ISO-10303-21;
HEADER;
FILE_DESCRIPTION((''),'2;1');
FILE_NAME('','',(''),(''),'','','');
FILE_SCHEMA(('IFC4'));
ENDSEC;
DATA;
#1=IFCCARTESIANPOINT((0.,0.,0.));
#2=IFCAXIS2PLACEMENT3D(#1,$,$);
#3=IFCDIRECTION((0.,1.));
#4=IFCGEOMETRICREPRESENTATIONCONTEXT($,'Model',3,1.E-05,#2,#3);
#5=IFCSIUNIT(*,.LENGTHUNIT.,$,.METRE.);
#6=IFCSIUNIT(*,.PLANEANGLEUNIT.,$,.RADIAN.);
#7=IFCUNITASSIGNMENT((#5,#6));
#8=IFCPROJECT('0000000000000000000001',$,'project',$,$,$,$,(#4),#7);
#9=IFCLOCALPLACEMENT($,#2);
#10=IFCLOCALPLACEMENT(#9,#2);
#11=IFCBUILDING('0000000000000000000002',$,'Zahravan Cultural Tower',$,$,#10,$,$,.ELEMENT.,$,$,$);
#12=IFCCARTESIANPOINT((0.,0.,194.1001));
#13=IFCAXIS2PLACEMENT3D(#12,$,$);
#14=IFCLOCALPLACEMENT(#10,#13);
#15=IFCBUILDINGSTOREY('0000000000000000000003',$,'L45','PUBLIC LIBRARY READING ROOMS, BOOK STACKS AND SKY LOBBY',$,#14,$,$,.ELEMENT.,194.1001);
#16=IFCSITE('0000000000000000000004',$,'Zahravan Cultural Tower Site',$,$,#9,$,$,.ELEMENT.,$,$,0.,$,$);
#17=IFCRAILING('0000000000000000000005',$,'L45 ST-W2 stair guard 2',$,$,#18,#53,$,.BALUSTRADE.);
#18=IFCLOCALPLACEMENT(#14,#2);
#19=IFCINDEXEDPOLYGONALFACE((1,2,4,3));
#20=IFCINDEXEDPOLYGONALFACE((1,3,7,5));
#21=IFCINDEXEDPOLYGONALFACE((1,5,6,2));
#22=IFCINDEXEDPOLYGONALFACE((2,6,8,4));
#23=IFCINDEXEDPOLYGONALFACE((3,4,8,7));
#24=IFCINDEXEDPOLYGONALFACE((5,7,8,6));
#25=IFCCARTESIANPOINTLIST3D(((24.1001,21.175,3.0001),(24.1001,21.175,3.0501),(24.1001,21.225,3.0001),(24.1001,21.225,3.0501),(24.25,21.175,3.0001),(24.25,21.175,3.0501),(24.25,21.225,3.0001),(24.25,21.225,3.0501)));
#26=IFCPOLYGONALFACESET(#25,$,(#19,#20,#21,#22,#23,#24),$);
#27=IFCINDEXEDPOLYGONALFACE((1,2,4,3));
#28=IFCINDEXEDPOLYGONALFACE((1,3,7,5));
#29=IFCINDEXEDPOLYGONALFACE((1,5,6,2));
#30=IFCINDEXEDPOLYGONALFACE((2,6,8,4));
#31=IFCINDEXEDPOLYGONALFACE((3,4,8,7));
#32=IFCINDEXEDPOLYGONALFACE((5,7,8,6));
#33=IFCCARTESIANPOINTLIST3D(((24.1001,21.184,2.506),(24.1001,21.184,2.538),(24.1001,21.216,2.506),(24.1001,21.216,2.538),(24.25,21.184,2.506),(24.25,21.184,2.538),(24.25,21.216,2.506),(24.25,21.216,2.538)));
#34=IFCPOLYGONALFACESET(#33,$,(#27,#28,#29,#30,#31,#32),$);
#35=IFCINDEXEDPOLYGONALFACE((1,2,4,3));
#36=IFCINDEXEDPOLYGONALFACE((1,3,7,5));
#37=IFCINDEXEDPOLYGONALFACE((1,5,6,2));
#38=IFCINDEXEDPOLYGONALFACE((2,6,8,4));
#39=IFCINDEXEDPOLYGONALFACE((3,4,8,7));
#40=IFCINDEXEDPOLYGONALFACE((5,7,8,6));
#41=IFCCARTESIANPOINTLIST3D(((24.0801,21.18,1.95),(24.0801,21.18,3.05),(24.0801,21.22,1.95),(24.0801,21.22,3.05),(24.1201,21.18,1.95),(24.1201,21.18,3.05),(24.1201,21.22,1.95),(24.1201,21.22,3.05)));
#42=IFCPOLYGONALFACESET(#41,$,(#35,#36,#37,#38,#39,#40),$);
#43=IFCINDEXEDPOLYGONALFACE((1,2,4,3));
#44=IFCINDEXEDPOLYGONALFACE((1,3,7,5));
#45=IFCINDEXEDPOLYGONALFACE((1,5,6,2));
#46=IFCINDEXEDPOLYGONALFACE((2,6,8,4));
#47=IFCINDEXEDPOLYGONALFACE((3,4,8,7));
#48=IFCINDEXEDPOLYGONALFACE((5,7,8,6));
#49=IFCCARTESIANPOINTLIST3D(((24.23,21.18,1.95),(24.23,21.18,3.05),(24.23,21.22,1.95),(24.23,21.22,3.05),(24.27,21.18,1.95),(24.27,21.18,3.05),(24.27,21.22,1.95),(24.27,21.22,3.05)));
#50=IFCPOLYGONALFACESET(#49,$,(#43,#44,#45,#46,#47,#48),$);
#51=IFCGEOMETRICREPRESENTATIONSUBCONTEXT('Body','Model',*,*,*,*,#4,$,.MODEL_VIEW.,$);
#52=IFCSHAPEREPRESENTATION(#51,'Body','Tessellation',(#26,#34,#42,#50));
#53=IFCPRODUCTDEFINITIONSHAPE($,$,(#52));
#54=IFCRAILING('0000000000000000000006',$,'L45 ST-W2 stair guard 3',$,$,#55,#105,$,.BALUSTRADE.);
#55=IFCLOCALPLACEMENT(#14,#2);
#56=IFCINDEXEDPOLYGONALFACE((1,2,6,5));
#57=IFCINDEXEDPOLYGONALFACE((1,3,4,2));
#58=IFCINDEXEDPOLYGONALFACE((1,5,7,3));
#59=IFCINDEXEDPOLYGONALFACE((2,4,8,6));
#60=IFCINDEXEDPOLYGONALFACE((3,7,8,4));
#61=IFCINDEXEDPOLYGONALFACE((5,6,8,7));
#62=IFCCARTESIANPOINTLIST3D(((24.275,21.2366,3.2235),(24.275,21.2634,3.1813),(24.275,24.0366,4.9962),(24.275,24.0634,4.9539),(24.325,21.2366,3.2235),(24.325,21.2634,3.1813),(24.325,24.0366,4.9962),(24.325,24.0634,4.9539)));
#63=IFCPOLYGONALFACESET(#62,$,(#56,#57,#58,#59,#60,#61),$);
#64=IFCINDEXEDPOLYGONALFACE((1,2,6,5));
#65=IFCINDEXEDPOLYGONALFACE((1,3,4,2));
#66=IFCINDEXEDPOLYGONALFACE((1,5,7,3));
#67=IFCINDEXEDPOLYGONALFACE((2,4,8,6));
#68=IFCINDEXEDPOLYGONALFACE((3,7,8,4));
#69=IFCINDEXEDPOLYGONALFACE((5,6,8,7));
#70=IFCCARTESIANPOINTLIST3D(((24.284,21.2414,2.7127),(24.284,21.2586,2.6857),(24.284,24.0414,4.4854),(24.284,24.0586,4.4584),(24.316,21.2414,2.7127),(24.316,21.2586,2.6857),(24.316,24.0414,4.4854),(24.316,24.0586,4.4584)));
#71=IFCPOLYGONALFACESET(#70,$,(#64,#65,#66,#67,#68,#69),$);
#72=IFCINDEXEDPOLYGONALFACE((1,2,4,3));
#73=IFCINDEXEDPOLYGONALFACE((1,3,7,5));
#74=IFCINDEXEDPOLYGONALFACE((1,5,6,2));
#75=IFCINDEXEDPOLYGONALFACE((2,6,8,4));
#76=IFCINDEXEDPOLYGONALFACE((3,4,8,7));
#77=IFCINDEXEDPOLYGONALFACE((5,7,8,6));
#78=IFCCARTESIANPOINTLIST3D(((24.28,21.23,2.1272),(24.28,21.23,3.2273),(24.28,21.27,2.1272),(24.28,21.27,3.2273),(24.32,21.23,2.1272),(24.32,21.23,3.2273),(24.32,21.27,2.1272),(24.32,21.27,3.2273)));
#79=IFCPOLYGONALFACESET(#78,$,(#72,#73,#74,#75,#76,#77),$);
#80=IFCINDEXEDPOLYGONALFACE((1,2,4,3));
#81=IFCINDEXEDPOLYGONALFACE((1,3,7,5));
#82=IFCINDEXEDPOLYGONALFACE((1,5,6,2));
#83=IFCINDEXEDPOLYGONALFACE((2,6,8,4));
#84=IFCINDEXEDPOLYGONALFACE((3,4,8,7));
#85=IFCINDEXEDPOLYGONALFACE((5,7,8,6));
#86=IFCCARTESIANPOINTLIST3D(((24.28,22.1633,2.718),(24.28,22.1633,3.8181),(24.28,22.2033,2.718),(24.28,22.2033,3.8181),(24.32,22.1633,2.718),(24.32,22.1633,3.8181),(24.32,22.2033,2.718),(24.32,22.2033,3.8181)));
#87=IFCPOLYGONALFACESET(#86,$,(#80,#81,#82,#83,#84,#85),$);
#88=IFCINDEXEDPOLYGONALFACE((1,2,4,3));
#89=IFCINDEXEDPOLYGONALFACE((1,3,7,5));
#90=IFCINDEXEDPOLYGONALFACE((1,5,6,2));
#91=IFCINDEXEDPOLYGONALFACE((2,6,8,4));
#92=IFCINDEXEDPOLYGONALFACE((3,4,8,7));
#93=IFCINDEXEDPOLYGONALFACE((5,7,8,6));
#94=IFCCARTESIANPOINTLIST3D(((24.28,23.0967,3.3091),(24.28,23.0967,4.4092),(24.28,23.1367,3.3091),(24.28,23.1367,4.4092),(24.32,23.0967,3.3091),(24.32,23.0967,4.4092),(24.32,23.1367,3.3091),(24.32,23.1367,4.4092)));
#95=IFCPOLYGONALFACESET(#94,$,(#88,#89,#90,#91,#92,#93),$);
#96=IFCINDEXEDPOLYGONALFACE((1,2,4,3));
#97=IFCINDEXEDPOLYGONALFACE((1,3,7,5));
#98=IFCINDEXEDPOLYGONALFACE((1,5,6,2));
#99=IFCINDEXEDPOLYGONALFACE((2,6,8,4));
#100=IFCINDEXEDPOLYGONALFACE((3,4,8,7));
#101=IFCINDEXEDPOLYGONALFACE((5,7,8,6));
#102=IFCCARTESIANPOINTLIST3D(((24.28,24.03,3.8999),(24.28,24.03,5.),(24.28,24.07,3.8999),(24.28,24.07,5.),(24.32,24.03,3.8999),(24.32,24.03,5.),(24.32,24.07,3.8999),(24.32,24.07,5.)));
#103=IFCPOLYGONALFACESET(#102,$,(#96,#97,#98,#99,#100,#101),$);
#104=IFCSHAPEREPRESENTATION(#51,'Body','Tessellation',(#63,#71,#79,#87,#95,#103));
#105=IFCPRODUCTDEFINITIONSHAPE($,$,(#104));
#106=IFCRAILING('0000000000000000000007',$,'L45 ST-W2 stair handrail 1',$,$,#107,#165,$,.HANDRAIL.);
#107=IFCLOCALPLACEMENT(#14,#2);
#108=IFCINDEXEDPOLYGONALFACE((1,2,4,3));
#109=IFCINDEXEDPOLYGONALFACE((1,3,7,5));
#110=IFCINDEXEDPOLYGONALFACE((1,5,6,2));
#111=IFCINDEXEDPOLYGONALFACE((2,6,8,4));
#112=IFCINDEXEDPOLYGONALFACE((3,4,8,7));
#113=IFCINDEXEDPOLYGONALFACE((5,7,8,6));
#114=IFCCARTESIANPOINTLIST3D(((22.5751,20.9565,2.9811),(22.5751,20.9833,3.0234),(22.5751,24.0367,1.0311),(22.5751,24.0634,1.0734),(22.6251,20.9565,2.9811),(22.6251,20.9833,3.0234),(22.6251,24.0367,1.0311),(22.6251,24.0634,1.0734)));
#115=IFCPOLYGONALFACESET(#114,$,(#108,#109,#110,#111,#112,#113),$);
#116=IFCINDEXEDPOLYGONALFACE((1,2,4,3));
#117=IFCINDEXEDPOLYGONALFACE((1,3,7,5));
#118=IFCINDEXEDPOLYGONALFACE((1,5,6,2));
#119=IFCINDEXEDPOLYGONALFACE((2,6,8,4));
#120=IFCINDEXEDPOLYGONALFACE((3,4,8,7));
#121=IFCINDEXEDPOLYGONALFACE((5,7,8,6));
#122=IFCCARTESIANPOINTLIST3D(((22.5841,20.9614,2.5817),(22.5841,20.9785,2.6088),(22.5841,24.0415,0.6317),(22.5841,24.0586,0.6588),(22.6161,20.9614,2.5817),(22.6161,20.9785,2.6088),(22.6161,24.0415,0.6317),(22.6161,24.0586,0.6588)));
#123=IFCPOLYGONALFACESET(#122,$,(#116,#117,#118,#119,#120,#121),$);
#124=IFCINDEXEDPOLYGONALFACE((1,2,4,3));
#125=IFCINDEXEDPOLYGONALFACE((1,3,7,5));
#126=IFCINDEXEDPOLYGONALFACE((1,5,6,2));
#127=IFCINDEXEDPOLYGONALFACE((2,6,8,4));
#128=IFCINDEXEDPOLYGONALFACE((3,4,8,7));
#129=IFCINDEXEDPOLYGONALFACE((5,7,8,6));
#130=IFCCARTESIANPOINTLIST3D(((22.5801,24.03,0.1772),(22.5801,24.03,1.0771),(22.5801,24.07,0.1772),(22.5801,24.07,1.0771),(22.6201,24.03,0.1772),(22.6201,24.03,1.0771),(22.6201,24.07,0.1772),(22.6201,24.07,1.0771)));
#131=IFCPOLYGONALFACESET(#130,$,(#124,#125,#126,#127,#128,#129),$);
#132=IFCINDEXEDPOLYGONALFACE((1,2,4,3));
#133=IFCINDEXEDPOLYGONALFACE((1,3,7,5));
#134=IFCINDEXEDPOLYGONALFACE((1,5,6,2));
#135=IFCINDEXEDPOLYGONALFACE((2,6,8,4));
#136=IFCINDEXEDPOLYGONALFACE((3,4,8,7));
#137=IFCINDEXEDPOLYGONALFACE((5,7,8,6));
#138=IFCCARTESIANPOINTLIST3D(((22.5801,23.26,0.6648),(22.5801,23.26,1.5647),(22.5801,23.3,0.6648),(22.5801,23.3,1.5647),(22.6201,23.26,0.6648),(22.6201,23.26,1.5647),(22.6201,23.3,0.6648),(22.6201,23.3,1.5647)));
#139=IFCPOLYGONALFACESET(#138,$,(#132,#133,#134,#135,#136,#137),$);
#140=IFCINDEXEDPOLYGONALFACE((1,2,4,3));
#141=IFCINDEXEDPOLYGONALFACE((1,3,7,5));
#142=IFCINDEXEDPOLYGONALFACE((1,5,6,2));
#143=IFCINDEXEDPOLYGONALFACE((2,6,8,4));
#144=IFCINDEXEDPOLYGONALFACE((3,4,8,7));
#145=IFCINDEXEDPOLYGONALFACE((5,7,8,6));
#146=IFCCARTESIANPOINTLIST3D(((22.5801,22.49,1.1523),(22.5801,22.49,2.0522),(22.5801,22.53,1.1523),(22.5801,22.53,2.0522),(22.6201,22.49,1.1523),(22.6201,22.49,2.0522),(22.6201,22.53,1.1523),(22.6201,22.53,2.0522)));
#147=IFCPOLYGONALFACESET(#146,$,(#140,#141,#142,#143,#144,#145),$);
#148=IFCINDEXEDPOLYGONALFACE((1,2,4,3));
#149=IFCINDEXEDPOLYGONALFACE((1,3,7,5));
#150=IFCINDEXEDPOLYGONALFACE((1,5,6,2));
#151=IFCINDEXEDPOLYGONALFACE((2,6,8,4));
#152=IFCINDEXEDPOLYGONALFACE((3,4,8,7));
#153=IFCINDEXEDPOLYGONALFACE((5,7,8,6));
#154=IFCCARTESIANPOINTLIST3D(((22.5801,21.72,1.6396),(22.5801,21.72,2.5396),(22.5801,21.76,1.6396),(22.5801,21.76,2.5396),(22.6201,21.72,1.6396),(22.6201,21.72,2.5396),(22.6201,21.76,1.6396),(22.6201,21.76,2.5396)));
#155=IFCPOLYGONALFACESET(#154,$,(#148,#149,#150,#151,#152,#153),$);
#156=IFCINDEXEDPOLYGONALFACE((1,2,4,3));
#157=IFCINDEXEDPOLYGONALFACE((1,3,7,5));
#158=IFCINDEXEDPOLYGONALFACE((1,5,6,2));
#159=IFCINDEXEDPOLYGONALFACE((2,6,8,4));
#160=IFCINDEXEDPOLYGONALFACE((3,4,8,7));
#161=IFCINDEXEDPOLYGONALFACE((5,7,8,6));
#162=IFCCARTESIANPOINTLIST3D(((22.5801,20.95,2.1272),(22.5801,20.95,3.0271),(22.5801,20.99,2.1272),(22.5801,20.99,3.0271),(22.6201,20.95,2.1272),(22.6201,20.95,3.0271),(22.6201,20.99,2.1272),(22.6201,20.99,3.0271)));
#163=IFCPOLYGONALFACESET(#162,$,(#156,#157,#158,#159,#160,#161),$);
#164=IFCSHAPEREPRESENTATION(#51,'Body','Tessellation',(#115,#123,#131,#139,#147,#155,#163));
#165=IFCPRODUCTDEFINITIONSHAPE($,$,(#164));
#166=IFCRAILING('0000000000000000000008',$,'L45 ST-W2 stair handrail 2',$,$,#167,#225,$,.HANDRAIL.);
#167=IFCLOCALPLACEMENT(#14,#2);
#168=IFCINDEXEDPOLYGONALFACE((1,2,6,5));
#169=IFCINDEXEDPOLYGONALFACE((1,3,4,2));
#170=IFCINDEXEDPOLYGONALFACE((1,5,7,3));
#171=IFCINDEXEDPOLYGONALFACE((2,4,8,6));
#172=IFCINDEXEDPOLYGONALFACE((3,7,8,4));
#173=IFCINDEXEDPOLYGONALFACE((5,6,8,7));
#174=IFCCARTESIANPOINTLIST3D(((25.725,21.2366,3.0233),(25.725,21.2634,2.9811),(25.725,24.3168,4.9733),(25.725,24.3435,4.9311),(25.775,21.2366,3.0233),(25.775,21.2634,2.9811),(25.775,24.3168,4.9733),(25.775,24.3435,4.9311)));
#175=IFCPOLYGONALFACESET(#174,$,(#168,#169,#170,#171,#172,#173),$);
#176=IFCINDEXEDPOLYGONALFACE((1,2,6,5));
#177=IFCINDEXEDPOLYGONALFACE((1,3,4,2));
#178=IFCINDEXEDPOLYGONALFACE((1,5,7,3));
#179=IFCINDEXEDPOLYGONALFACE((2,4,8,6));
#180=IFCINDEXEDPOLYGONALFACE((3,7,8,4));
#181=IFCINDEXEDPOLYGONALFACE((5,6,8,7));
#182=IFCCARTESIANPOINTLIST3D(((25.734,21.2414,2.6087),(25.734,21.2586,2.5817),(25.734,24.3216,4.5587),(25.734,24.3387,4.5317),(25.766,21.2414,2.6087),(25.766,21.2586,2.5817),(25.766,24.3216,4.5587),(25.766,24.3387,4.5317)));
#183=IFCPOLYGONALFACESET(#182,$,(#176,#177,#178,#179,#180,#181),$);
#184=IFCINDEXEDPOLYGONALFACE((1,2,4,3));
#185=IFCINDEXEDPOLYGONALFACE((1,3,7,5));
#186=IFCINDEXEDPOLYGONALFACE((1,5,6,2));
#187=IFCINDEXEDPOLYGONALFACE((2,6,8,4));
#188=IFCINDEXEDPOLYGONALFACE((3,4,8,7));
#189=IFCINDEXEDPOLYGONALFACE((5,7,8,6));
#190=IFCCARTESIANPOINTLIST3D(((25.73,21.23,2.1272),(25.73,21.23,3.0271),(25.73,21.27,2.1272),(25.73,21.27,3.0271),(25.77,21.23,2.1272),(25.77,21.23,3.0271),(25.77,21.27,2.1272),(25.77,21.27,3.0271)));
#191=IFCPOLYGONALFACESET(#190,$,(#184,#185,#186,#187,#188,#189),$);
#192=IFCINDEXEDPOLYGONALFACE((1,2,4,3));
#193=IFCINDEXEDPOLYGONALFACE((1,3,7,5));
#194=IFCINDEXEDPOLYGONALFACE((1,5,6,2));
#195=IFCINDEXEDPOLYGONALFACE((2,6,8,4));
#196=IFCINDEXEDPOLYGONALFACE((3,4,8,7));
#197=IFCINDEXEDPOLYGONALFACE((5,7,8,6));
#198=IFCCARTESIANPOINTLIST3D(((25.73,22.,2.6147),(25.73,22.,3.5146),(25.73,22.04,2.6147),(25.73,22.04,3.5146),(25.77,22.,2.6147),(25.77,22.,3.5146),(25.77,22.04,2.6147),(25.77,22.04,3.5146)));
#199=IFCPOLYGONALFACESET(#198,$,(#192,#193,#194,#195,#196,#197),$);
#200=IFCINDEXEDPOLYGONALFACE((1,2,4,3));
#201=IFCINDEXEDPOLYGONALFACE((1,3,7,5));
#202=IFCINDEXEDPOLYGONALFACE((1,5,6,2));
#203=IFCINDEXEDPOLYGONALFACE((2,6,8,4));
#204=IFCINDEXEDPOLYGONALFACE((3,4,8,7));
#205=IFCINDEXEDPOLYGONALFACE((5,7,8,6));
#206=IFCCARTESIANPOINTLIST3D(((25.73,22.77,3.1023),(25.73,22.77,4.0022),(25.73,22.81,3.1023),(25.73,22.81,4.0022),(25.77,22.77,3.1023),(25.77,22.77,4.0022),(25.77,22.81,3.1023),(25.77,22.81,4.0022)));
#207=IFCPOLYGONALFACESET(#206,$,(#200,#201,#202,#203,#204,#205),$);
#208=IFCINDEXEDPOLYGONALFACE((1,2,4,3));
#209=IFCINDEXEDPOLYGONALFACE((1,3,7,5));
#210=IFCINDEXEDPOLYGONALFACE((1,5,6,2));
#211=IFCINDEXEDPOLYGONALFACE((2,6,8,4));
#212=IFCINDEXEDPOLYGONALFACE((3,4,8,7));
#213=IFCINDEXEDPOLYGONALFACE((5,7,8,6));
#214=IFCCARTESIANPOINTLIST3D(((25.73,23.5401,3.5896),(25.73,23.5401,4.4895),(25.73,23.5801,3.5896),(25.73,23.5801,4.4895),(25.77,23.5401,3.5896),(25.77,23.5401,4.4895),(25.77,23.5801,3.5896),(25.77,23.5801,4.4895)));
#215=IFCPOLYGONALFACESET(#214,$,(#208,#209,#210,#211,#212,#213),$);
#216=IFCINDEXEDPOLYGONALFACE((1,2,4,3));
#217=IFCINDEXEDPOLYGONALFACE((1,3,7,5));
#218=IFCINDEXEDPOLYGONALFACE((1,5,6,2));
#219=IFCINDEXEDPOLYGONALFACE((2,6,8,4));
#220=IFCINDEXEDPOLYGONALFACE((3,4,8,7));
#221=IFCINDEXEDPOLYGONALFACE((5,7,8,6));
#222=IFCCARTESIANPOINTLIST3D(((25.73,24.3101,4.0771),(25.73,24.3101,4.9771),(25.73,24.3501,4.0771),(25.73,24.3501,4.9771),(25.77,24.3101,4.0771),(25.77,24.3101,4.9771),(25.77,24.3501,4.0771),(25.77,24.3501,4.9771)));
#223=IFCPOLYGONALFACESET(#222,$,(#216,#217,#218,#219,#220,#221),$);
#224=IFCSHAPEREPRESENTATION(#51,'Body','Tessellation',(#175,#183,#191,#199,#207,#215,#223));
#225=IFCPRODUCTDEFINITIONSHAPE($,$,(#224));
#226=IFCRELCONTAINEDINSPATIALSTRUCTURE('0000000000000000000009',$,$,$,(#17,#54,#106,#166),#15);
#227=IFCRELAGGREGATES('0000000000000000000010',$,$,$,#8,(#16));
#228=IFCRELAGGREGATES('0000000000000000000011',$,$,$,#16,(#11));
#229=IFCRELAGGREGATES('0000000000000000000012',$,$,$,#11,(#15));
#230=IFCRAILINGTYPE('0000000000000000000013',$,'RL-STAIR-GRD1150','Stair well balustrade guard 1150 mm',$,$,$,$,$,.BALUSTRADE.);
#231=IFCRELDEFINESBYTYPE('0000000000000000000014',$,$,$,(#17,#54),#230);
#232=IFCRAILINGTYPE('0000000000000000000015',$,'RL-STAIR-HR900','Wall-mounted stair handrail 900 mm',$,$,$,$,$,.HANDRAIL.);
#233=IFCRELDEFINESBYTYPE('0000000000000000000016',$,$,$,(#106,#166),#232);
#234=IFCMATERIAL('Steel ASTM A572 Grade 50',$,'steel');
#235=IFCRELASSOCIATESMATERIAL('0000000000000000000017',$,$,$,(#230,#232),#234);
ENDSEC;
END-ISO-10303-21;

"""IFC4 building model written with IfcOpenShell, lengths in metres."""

from ifc_helpers import new_model, si_unit, direction, frame, origin, origin_2d, place, context, subcontext, project, spatial, rectangle, extrude, material, type_object, element, save


model = new_model("IFC4")

# Units and contexts
model_context = context("Model", 3, precision=1e-05, world=origin(), true_north=direction((0.0, 1.0)))
body_context = subcontext(model_context, "Body", "Model", "MODEL_VIEW")
ifc_project = project(units=[si_unit("LENGTHUNIT", "METRE"), si_unit("PLANEANGLEUNIT", "RADIAN")], contexts=[model_context])

# Site, building, storey
site_placement = place(None, origin())
site = spatial("IfcSite", under=ifc_project, at=site_placement, Name="Zahravan Cultural Tower Site", CompositionType="ELEMENT", RefElevation=0.0)
building_placement = place(site_placement, origin())
building = spatial("IfcBuilding", under=site, at=building_placement, Name="Zahravan Cultural Tower", CompositionType="ELEMENT")
storey_placement = place(building_placement, frame((0.0, 0.0, 194.1001)))
storey = spatial("IfcBuildingStorey", under=building, at=storey_placement, Name="L45", Description="PUBLIC LIBRARY READING ROOMS, BOOK STACKS AND SKY LOBBY", CompositionType="ELEMENT", Elevation=194.1001)

# Shared definitions
ifc_material_1 = material(Name="Steel ASTM A572 Grade 50", Category="steel")

# Railings
railing_type_1 = type_object("IfcRailingType", Name="RL-STAIR-GRD1150", Description="Stair well balustrade guard 1150 mm", PredefinedType="BALUSTRADE", material=ifc_material_1)
railing_1_placement = place(storey_placement, frame((24.1001, 21.2, 1.95)))
element("IfcRailing", 1, at=railing_1_placement, inside=storey, type_object=railing_type_1, Name="L45 ST-W2 stair guard 2", PredefinedType="BALUSTRADE", context=body_context, shape_type="SweptSolid", body=[
    extrude(rectangle(XDim=0.05, YDim=0.05, at=origin_2d()), frame((0.0, 0.0, 1.0752), z_axis=(1.0, 0.0, 0.0), x_axis=(0.0, 1.0, 0.0)), (0.0, 0.0, 1.0), 0.1499),
    extrude(rectangle(XDim=0.032, YDim=0.032, at=origin_2d()), frame((0.0, 0.0, 0.572), z_axis=(1.0, 0.0, 0.0), x_axis=(0.0, 1.0, 0.0)), (0.0, 0.0, 1.0), 0.1499),
    extrude(rectangle(XDim=0.04, YDim=0.04, at=origin_2d()), origin(), (0.0, 0.0, 1.0), 1.1001),
    extrude(rectangle(XDim=0.04, YDim=0.04, at=origin_2d()), frame((0.1499, 0.0, 0.0)), (0.0, 0.0, 1.0), 1.1001),
])
railing_2_placement = place(storey_placement, frame((24.3, 21.25, 2.1272)))
element("IfcRailing", 2, at=railing_2_placement, inside=storey, type_object=railing_type_1, Name="L45 ST-W2 stair guard 3", PredefinedType="BALUSTRADE", context=body_context, shape_type="SweptSolid", body=[
    extrude(rectangle(XDim=0.05, YDim=0.05, at=origin_2d()), frame((0.0, 0.0, 1.0752), z_axis=(0.0, 0.844909, 0.53491), x_axis=(-1.0, 0.0, 0.0)), (0.0, 0.0, 1.0), 3.314),
    extrude(rectangle(XDim=0.032, YDim=0.032, at=origin_2d()), frame((0.0, 0.0, 0.572), z_axis=(0.0, 0.844909, 0.53491), x_axis=(-1.0, 0.0, 0.0)), (0.0, 0.0, 1.0), 3.314),
    extrude(rectangle(XDim=0.04, YDim=0.04, at=origin_2d()), origin(), (0.0, 0.0, 1.0), 1.1001),
    extrude(rectangle(XDim=0.04, YDim=0.04, at=origin_2d()), frame((0.0, 0.9333, 0.5908)), (0.0, 0.0, 1.0), 1.1001),
    extrude(rectangle(XDim=0.04, YDim=0.04, at=origin_2d()), frame((0.0, 1.8667, 1.1819)), (0.0, 0.0, 1.0), 1.1001),
    extrude(rectangle(XDim=0.04, YDim=0.04, at=origin_2d()), frame((0.0, 2.8, 1.7727)), (0.0, 0.0, 1.0), 1.1001),
])
railing_type_2 = type_object("IfcRailingType", Name="RL-STAIR-HR900", Description="Wall-mounted stair handrail 900 mm", PredefinedType="HANDRAIL", material=ifc_material_1)
railing_3_placement = place(storey_placement, frame((22.6001, 24.05, 0.1772)))
element("IfcRailing", 3, at=railing_3_placement, inside=storey, type_object=railing_type_2, Name="L45 ST-W2 stair handrail 1", PredefinedType="HANDRAIL", context=body_context, shape_type="SweptSolid", body=[
    extrude(rectangle(XDim=0.05, YDim=0.05, at=origin_2d()), frame((0.0, 0.0, 0.875), z_axis=(0.0, -0.844914, 0.534902), x_axis=(1.0, 0.0, 0.0)), (0.0, 0.0, 1.0), 3.6455),
    extrude(rectangle(XDim=0.032, YDim=0.032, at=origin_2d()), frame((0.0, 0.0, 0.468), z_axis=(0.0, -0.844914, 0.534902), x_axis=(1.0, 0.0, 0.0)), (0.0, 0.0, 1.0), 3.6455),
    extrude(rectangle(XDim=0.04, YDim=0.04, at=origin_2d()), origin(), (0.0, 0.0, 1.0), 0.8999),
    extrude(rectangle(XDim=0.04, YDim=0.04, at=origin_2d()), frame((0.0, -0.77, 0.4875)), (0.0, 0.0, 1.0), 0.8999),
    extrude(rectangle(XDim=0.04, YDim=0.04, at=origin_2d()), frame((0.0, -1.54, 0.9751)), (0.0, 0.0, 1.0), 0.8999),
    extrude(rectangle(XDim=0.04, YDim=0.04, at=origin_2d()), frame((0.0, -2.3101, 1.4624)), (0.0, 0.0, 1.0), 0.8999),
    extrude(rectangle(XDim=0.04, YDim=0.04, at=origin_2d()), frame((0.0, -3.0801, 1.95)), (0.0, 0.0, 1.0), 0.8999),
])
railing_4_placement = place(storey_placement, frame((25.75, 21.25, 2.1272)))
element("IfcRailing", 4, at=railing_4_placement, inside=storey, type_object=railing_type_2, Name="L45 ST-W2 stair handrail 2", PredefinedType="HANDRAIL", context=body_context, shape_type="SweptSolid", body=[
    extrude(rectangle(XDim=0.05, YDim=0.05, at=origin_2d()), frame((0.0, 0.0, 0.875), z_axis=(0.0, 0.844914, 0.534902), x_axis=(-1.0, 0.0, 0.0)), (0.0, 0.0, 1.0), 3.6455),
    extrude(rectangle(XDim=0.032, YDim=0.032, at=origin_2d()), frame((0.0, 0.0, 0.468), z_axis=(0.0, 0.844914, 0.534902), x_axis=(-1.0, 0.0, 0.0)), (0.0, 0.0, 1.0), 3.6455),
    extrude(rectangle(XDim=0.04, YDim=0.04, at=origin_2d()), origin(), (0.0, 0.0, 1.0), 0.8999),
    extrude(rectangle(XDim=0.04, YDim=0.04, at=origin_2d()), frame((0.0, 0.77, 0.4875)), (0.0, 0.0, 1.0), 0.8999),
    extrude(rectangle(XDim=0.04, YDim=0.04, at=origin_2d()), frame((0.0, 1.54, 0.9751)), (0.0, 0.0, 1.0), 0.8999),
    extrude(rectangle(XDim=0.04, YDim=0.04, at=origin_2d()), frame((0.0, 2.3101, 1.4624)), (0.0, 0.0, 1.0), 0.8999),
    extrude(rectangle(XDim=0.04, YDim=0.04, at=origin_2d()), frame((0.0, 3.0801, 1.95)), (0.0, 0.0, 1.0), 0.8999),
])

save(model, "model.ifc")
